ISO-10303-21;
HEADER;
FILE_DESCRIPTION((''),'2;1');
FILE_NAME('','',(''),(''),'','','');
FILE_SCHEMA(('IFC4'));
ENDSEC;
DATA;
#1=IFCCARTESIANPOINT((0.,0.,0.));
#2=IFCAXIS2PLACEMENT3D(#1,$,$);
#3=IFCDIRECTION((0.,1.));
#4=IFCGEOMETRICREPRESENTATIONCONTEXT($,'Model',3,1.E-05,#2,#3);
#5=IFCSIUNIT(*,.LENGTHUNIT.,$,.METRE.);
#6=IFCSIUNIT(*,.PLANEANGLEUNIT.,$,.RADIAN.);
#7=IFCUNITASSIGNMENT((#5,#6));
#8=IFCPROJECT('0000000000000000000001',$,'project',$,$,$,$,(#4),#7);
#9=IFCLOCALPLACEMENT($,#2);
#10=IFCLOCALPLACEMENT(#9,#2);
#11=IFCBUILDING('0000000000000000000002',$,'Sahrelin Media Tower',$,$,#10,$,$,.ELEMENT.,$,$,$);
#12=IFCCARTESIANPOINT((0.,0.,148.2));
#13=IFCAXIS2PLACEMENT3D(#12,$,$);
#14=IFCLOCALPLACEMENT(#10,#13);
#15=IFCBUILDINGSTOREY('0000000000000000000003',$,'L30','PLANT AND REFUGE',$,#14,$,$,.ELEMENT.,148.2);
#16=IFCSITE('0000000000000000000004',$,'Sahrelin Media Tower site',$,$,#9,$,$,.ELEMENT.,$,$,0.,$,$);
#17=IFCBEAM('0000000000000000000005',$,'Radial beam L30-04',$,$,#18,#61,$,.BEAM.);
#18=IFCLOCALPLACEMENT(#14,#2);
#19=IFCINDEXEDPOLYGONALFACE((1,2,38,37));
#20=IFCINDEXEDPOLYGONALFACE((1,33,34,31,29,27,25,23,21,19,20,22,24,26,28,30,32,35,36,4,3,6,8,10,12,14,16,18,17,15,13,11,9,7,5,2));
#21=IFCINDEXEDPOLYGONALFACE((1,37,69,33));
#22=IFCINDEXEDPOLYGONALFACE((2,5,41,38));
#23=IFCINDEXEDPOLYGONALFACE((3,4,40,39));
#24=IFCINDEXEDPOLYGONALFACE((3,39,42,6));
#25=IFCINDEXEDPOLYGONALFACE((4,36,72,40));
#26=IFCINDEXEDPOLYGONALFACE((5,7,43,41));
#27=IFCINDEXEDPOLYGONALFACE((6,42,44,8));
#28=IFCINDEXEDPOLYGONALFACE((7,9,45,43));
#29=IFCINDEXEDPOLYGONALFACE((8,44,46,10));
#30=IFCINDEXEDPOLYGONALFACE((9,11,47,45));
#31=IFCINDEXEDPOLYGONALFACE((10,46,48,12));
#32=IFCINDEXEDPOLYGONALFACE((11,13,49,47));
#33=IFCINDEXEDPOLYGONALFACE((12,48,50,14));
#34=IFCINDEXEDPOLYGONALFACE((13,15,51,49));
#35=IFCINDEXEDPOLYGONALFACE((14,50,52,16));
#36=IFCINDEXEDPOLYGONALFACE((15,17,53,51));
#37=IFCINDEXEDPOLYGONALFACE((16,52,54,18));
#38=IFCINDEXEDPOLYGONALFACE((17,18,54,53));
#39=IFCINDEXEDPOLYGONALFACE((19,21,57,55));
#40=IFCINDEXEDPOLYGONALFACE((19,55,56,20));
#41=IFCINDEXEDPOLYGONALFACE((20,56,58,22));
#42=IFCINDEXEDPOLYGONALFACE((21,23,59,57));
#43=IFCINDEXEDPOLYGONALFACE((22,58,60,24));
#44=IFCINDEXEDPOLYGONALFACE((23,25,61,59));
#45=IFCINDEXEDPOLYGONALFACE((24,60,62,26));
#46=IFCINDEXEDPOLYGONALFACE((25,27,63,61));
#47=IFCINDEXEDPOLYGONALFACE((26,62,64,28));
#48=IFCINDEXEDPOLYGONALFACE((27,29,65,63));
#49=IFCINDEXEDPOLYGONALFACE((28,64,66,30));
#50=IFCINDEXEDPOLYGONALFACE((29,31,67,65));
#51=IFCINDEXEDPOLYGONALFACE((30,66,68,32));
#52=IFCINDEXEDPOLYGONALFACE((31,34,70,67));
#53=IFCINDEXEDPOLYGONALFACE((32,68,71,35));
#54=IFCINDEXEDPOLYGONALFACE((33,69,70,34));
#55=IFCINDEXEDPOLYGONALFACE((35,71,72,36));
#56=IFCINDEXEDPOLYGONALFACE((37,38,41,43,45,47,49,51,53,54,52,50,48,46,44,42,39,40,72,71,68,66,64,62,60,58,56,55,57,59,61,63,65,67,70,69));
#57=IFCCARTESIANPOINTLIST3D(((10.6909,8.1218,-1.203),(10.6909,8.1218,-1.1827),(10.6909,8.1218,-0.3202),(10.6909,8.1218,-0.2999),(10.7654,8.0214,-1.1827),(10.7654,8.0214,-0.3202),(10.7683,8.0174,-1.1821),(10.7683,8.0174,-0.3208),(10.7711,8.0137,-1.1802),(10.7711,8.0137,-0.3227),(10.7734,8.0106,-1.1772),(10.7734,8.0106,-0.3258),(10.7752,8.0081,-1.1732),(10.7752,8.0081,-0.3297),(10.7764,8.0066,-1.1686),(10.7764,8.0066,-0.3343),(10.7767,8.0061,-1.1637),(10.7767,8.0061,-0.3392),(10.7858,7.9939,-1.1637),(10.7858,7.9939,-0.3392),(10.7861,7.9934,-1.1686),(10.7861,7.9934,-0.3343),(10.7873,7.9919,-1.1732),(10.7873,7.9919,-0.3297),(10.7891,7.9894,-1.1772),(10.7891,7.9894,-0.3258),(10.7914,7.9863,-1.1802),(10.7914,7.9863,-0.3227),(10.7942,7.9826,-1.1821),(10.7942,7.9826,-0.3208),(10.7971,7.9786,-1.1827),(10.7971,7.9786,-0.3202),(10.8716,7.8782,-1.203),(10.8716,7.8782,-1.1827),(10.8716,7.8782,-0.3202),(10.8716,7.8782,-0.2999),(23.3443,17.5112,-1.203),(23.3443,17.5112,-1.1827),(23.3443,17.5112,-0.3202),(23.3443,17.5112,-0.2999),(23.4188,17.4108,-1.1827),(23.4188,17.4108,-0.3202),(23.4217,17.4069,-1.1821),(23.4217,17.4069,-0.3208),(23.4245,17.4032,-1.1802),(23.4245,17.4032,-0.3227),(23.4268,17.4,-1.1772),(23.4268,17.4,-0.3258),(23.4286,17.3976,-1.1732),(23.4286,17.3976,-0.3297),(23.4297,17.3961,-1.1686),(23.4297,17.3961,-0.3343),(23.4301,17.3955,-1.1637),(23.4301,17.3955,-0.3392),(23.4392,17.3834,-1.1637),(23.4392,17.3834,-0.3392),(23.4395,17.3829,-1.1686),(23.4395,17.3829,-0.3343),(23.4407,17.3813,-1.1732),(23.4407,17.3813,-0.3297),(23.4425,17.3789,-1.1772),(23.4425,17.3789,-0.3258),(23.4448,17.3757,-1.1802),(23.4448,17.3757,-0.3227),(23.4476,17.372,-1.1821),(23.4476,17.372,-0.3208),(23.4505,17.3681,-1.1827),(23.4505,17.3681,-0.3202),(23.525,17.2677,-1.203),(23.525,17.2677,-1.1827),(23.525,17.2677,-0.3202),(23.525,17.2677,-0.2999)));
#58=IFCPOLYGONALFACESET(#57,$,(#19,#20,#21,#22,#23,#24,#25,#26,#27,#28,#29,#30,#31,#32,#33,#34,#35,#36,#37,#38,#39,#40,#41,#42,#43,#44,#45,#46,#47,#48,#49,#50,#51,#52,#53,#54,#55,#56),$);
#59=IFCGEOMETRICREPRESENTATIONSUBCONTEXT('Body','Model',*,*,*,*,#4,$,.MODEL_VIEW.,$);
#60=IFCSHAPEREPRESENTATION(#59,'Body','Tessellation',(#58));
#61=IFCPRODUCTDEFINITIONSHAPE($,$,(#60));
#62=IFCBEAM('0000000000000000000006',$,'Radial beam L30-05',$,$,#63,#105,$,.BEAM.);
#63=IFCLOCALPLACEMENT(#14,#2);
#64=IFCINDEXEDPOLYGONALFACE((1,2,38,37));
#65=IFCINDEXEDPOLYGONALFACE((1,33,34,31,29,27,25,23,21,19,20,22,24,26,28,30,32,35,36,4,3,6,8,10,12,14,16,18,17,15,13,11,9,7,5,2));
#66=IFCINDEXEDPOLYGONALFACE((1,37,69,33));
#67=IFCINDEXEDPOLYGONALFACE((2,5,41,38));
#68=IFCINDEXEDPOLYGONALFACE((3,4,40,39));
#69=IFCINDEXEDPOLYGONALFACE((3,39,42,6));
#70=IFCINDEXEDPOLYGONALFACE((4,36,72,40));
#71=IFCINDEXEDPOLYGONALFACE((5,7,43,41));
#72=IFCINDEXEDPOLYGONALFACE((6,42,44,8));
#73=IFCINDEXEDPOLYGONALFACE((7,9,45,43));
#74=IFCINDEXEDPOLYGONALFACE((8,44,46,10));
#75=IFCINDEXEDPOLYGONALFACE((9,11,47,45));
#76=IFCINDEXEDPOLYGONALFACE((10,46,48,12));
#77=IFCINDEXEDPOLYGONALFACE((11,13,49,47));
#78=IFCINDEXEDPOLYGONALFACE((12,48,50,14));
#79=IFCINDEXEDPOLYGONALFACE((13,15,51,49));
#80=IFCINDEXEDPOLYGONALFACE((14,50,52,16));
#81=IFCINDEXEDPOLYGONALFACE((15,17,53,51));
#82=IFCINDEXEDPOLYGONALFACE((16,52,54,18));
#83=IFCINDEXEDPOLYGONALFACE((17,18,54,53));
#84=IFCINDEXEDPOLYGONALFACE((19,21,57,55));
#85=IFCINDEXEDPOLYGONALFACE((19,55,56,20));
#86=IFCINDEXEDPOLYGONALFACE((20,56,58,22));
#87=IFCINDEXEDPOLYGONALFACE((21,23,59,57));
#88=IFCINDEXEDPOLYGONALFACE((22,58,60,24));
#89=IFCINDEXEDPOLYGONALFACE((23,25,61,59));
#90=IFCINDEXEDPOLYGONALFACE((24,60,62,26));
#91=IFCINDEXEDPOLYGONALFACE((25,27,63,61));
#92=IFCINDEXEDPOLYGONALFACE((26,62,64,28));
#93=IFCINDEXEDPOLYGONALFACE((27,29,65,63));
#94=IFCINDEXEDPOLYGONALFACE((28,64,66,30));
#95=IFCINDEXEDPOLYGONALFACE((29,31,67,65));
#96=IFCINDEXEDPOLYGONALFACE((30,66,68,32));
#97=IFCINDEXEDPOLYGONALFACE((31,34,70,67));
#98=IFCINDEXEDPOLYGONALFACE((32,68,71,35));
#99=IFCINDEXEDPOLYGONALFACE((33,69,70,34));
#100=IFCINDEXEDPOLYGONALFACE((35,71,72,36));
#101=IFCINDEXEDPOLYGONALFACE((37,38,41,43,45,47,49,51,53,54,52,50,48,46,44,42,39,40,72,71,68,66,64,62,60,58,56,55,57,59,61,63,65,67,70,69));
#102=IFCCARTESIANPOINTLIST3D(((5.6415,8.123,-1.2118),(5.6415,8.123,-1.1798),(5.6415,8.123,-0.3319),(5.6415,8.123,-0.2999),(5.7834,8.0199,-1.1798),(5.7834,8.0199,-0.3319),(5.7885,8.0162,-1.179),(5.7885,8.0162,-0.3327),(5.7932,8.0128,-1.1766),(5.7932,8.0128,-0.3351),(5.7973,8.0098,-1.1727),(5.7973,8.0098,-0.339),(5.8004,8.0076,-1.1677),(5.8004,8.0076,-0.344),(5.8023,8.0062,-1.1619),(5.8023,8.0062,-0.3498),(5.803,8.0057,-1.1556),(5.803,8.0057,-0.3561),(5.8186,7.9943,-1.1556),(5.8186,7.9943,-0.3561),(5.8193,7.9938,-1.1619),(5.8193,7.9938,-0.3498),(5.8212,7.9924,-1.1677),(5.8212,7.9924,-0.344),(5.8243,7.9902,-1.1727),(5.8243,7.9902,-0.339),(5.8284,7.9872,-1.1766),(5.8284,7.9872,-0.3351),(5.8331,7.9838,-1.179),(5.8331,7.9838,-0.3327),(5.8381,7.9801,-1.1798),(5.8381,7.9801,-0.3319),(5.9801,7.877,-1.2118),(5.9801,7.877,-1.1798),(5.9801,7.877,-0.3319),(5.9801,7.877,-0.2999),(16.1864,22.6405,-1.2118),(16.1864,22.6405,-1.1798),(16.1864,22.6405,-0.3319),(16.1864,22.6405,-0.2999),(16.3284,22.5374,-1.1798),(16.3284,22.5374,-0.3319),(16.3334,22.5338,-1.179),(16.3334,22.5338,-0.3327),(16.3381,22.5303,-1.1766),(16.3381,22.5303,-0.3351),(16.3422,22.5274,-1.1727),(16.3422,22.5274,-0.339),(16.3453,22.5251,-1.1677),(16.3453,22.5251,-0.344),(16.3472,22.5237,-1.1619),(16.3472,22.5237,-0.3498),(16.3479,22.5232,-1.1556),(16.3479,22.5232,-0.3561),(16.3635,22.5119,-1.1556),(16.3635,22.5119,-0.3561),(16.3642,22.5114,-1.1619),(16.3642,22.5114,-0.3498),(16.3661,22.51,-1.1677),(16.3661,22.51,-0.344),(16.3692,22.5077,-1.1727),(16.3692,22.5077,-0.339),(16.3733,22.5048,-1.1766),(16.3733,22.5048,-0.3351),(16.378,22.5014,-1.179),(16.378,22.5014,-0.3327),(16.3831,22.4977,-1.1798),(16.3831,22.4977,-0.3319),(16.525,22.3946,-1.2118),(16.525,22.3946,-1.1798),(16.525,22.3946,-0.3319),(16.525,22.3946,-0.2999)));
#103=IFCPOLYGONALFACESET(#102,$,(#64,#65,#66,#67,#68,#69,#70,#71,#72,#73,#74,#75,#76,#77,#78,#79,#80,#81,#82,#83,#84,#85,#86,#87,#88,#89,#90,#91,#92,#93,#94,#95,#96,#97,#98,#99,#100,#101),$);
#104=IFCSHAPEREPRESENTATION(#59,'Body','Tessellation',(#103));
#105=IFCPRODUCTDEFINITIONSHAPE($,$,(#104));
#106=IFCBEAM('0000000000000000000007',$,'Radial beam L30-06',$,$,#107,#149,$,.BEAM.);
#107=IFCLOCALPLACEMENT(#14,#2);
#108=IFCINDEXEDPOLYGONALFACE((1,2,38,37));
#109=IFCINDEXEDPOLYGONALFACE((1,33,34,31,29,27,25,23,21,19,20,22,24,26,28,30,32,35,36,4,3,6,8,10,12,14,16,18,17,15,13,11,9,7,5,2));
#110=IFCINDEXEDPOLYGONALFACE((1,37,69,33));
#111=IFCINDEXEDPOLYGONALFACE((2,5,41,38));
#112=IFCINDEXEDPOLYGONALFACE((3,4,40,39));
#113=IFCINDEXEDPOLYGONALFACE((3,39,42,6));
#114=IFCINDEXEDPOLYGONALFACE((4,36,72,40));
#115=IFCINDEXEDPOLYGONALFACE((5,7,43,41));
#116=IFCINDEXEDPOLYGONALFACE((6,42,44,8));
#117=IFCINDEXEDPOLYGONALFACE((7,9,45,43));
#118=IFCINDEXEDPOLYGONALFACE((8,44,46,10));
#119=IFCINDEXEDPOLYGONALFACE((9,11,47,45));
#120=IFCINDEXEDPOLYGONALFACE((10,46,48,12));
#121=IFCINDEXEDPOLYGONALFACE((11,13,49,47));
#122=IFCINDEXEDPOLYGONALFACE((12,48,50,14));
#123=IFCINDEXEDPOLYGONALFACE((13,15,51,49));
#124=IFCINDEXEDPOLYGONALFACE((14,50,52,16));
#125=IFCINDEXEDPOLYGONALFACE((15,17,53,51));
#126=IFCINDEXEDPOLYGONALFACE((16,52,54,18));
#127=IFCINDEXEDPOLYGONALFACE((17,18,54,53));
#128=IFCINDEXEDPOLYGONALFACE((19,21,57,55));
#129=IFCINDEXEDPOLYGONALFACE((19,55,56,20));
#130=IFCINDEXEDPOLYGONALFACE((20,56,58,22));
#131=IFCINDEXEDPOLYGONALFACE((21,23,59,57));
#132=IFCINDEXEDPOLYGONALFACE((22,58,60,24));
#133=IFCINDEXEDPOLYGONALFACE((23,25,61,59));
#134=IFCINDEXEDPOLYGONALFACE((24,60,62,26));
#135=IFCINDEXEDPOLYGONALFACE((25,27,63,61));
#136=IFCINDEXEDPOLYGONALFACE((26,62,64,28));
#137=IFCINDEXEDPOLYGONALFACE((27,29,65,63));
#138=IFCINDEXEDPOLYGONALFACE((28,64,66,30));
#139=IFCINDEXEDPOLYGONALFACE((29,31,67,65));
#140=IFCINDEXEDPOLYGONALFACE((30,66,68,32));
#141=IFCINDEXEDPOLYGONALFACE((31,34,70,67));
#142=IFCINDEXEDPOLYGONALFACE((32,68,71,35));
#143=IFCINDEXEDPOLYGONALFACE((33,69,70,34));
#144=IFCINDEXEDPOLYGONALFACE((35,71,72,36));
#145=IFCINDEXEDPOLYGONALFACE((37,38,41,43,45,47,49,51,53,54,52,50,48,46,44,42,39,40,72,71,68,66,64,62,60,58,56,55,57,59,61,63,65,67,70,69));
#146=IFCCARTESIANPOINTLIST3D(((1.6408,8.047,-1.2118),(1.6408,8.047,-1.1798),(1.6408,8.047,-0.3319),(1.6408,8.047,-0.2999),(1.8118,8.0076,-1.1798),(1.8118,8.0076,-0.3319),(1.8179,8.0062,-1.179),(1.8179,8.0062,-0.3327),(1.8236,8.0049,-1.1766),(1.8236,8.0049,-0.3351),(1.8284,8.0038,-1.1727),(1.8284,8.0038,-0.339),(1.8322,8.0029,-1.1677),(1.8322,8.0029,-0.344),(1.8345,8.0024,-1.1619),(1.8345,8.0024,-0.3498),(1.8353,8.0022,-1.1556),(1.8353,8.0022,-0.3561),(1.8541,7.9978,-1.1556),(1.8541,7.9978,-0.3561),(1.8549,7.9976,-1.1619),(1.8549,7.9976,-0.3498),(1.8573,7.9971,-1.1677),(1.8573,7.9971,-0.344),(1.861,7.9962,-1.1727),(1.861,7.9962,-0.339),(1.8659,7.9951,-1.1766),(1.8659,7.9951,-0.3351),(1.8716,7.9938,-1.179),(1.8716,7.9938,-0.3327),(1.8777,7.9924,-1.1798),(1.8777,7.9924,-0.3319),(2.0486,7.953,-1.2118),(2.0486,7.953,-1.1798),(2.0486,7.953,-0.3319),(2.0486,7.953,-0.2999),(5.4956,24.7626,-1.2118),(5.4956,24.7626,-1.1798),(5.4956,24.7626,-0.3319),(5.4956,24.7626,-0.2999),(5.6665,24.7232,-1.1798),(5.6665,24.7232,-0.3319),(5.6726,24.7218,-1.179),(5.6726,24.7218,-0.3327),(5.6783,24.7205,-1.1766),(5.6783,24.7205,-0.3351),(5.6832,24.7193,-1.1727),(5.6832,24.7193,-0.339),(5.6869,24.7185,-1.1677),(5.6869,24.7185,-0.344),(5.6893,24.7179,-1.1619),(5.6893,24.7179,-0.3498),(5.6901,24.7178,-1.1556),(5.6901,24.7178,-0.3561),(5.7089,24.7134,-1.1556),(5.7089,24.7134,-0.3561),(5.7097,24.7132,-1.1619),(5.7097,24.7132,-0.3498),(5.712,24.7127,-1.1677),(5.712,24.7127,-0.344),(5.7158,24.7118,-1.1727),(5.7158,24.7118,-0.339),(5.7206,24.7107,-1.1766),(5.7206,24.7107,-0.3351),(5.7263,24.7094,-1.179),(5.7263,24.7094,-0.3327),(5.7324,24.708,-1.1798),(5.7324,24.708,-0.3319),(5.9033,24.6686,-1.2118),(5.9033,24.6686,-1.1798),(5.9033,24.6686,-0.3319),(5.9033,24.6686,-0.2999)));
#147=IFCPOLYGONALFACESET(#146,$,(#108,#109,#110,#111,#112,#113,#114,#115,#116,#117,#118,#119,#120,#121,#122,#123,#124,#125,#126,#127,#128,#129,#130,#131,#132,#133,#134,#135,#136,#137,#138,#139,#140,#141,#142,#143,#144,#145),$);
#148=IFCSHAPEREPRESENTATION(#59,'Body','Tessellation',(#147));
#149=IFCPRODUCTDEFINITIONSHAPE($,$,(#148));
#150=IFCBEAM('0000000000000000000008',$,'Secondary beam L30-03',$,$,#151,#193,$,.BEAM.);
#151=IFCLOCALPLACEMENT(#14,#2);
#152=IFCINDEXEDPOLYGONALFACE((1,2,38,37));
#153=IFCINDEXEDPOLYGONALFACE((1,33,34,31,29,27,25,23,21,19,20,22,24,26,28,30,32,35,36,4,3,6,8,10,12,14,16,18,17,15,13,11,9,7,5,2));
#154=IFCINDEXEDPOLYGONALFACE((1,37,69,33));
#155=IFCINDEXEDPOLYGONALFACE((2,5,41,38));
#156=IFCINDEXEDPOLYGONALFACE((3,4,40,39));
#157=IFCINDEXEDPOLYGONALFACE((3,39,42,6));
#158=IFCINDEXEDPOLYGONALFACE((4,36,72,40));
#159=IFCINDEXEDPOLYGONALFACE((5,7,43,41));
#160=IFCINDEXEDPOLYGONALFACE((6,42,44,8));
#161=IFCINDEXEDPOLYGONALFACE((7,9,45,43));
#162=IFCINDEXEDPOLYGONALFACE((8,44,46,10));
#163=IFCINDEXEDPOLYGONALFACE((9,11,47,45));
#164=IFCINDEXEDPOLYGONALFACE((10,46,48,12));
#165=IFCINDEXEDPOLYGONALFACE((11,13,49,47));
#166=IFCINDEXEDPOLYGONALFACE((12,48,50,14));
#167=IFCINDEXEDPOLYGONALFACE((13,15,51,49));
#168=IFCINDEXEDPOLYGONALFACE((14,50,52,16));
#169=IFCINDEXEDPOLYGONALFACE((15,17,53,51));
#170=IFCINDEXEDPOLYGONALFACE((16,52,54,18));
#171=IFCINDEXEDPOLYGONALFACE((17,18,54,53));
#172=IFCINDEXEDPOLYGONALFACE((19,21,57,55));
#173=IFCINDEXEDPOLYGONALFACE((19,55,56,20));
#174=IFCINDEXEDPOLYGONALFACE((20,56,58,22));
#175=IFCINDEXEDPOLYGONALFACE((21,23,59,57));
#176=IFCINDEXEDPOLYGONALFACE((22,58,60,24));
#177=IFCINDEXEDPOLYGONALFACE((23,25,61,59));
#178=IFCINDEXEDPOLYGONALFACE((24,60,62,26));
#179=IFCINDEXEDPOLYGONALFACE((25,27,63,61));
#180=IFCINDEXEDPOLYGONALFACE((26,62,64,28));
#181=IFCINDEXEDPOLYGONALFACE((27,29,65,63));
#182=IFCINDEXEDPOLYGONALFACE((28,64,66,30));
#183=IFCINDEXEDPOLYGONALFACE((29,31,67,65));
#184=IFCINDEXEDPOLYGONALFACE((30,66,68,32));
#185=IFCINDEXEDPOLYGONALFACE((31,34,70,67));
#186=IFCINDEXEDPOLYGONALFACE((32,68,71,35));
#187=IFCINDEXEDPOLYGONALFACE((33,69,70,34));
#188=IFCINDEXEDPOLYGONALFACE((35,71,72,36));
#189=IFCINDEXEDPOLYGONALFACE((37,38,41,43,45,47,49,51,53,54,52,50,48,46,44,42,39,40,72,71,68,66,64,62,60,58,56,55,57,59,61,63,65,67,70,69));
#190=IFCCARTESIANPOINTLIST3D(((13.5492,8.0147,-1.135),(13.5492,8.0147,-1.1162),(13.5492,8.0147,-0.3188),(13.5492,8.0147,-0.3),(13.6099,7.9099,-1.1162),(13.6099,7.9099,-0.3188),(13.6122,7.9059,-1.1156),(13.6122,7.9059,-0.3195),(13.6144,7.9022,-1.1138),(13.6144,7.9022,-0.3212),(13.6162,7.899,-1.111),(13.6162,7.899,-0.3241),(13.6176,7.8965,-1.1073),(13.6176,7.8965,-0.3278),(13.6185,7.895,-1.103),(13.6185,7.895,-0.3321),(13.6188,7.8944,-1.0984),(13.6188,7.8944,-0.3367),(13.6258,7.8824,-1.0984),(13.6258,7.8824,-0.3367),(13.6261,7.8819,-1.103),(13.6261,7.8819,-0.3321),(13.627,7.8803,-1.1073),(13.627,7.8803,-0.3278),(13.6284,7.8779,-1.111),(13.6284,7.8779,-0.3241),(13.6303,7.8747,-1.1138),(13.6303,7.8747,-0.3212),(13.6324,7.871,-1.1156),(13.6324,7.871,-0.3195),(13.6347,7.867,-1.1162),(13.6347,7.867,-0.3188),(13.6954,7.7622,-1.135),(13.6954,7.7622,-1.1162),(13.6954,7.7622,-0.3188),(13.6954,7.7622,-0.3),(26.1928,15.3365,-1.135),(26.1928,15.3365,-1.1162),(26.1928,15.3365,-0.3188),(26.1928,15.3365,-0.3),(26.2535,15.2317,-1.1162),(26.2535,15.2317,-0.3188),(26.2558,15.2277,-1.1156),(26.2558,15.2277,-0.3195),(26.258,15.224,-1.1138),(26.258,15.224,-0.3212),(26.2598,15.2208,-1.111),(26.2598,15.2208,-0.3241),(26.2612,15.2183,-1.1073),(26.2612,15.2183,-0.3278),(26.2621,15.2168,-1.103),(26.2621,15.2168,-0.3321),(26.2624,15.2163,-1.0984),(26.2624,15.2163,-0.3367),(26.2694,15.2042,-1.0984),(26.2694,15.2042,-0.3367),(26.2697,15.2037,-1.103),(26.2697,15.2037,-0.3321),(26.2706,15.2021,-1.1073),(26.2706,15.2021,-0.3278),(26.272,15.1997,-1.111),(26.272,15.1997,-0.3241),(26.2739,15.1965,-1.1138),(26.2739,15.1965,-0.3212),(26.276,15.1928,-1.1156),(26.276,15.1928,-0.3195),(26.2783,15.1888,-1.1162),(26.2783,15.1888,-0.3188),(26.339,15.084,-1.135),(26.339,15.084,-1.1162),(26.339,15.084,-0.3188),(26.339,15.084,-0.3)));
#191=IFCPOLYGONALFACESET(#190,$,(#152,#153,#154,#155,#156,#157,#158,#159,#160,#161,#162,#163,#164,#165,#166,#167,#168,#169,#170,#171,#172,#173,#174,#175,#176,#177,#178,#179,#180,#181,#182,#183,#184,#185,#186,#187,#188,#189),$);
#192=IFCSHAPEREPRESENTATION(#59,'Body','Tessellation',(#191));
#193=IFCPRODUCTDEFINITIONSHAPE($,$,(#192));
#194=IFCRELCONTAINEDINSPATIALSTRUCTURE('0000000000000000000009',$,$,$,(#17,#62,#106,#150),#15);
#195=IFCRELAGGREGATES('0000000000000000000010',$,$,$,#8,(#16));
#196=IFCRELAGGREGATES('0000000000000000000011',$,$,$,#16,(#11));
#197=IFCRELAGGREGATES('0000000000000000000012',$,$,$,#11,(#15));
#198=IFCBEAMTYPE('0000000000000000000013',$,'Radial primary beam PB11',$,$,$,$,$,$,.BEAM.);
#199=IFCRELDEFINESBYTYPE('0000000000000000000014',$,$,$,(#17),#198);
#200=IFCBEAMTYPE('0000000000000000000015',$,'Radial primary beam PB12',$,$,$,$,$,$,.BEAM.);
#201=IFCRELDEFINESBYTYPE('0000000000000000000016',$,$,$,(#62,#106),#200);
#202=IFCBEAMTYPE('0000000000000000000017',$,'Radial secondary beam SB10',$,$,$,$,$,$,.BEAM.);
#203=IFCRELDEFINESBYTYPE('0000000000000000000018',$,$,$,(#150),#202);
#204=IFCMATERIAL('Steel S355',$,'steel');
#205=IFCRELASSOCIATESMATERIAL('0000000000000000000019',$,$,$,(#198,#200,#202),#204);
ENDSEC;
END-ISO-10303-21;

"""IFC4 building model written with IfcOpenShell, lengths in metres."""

from ifc_helpers import new_model, si_unit, direction, frame, origin, origin_2d, place, context, subcontext, project, spatial, i_section, extrude, material, material_profile, profile_set, type_object, element, save


model = new_model("IFC4")

# Units and contexts
model_context = context("Model", 3, precision=1e-05, world=origin(), true_north=direction((0.0, 1.0)))
body_context = subcontext(model_context, "Body", "Model", "MODEL_VIEW")
ifc_project = project(units=[si_unit("LENGTHUNIT", "METRE"), si_unit("PLANEANGLEUNIT", "RADIAN")], contexts=[model_context])

# Site, building, storey
site_placement = place(None, origin())
site = spatial("IfcSite", under=ifc_project, at=site_placement, Name="Sahrelin Media Tower site", CompositionType="ELEMENT", RefElevation=0.0)
building_placement = place(site_placement, origin())
building = spatial("IfcBuilding", under=site, at=building_placement, Name="Sahrelin Media Tower", CompositionType="ELEMENT")
storey_placement = place(building_placement, frame((0.0, 0.0, 148.2)))
storey = spatial("IfcBuildingStorey", under=building, at=storey_placement, Name="L30", Description="PLANT AND REFUGE", CompositionType="ELEMENT", Elevation=148.2)

# Beams
ifc_material_1 = material(Name="Steel S355", Category="steel")
ifc_material_profile_1 = material_profile(ifc_material_1, i_section(OverallWidth=0.3032, OverallDepth=0.9031, WebThickness=0.0151, FlangeThickness=0.0203, FilletRadius=0.019, at=origin_2d()), Name="UB 914x305x201")
ifc_profile_set_1 = profile_set([ifc_material_profile_1], Name="Steel S355")
beam_type_1 = type_object("IfcBeamType", Name="Radial primary beam PB11", PredefinedType="BEAM", material=ifc_profile_set_1)
beam_1_placement = place(storey_placement, frame((10.7812, 8.0, -0.7515), z_axis=(0.803054, 0.595907, 0.0), x_axis=(-0.595907, 0.803054, 0.0)))
element("IfcBeam", 1, at=beam_1_placement, inside=storey, type_object=beam_type_1, Name="Radial beam L30-04", PredefinedType="BEAM", context=body_context, shape_type="SweptSolid", body=[
    extrude(i_section(OverallWidth=0.3032, OverallDepth=0.9031, WebThickness=0.0151, FlangeThickness=0.0203, FilletRadius=0.019, at=origin_2d()), origin(), (0.0, 0.0, 1.0), 15.7566),
])
ifc_material_profile_2 = material_profile(ifc_material_1, i_section(OverallWidth=0.4185, OverallDepth=0.9119, WebThickness=0.0193, FlangeThickness=0.032, FilletRadius=0.0242, at=origin_2d()), Name="UB 914x419x343")
ifc_profile_set_2 = profile_set([ifc_material_profile_2], Name="Steel S355")
beam_type_2 = type_object("IfcBeamType", Name="Radial primary beam PB12", PredefinedType="BEAM", material=ifc_profile_set_2)
beam_2_placement = place(storey_placement, frame((5.8108, 8.0, -0.7559), z_axis=(0.587686, 0.809089, 0.0), x_axis=(-0.809089, 0.587686, 0.0)))
element("IfcBeam", 2, at=beam_2_placement, inside=storey, type_object=beam_type_2, Name="Radial beam L30-05", PredefinedType="BEAM", context=body_context, shape_type="SweptSolid", body=[
    extrude(i_section(OverallWidth=0.4185, OverallDepth=0.9119, WebThickness=0.0193, FlangeThickness=0.032, FilletRadius=0.0242, at=origin_2d()), origin(), (0.0, 0.0, 1.0), 17.9431),
])
beam_3_placement = place(storey_placement, frame((1.8447, 8.0, -0.7559), z_axis=(0.22471, 0.974426, 0.0), x_axis=(-0.974426, 0.22471, 0.0)))
element("IfcBeam", 3, at=beam_3_placement, inside=storey, type_object=beam_type_2, Name="Radial beam L30-06", PredefinedType="BEAM", context=body_context, shape_type="SweptSolid", body=[
    extrude(i_section(OverallWidth=0.4185, OverallDepth=0.9119, WebThickness=0.0193, FlangeThickness=0.032, FilletRadius=0.0242, at=origin_2d()), origin(), (0.0, 0.0, 1.0), 17.1543),
])
ifc_material_profile_3 = material_profile(ifc_material_1, i_section(OverallWidth=0.2917, OverallDepth=0.835, WebThickness=0.0139, FlangeThickness=0.0188, FilletRadius=0.0178, at=origin_2d()), Name="UB 838x292x176")
ifc_profile_set_3 = profile_set([ifc_material_profile_3], Name="Steel S355")
beam_type_3 = type_object("IfcBeamType", Name="Radial secondary beam SB10", PredefinedType="BEAM", material=ifc_profile_set_3)
beam_4_placement = place(storey_placement, frame((13.6223, 7.8884, -0.7175), z_axis=(0.865372, 0.50113, 0.0), x_axis=(-0.50113, 0.865372, 0.0)))
element("IfcBeam", 4, at=beam_4_placement, inside=storey, type_object=beam_type_3, Name="Secondary beam L30-03", PredefinedType="BEAM", context=body_context, shape_type="SweptSolid", body=[
    extrude(i_section(OverallWidth=0.2917, OverallDepth=0.835, WebThickness=0.0139, FlangeThickness=0.0188, FilletRadius=0.0178, at=origin_2d()), origin(), (0.0, 0.0, 1.0), 14.6106),
])

save(model, "model.ifc")
